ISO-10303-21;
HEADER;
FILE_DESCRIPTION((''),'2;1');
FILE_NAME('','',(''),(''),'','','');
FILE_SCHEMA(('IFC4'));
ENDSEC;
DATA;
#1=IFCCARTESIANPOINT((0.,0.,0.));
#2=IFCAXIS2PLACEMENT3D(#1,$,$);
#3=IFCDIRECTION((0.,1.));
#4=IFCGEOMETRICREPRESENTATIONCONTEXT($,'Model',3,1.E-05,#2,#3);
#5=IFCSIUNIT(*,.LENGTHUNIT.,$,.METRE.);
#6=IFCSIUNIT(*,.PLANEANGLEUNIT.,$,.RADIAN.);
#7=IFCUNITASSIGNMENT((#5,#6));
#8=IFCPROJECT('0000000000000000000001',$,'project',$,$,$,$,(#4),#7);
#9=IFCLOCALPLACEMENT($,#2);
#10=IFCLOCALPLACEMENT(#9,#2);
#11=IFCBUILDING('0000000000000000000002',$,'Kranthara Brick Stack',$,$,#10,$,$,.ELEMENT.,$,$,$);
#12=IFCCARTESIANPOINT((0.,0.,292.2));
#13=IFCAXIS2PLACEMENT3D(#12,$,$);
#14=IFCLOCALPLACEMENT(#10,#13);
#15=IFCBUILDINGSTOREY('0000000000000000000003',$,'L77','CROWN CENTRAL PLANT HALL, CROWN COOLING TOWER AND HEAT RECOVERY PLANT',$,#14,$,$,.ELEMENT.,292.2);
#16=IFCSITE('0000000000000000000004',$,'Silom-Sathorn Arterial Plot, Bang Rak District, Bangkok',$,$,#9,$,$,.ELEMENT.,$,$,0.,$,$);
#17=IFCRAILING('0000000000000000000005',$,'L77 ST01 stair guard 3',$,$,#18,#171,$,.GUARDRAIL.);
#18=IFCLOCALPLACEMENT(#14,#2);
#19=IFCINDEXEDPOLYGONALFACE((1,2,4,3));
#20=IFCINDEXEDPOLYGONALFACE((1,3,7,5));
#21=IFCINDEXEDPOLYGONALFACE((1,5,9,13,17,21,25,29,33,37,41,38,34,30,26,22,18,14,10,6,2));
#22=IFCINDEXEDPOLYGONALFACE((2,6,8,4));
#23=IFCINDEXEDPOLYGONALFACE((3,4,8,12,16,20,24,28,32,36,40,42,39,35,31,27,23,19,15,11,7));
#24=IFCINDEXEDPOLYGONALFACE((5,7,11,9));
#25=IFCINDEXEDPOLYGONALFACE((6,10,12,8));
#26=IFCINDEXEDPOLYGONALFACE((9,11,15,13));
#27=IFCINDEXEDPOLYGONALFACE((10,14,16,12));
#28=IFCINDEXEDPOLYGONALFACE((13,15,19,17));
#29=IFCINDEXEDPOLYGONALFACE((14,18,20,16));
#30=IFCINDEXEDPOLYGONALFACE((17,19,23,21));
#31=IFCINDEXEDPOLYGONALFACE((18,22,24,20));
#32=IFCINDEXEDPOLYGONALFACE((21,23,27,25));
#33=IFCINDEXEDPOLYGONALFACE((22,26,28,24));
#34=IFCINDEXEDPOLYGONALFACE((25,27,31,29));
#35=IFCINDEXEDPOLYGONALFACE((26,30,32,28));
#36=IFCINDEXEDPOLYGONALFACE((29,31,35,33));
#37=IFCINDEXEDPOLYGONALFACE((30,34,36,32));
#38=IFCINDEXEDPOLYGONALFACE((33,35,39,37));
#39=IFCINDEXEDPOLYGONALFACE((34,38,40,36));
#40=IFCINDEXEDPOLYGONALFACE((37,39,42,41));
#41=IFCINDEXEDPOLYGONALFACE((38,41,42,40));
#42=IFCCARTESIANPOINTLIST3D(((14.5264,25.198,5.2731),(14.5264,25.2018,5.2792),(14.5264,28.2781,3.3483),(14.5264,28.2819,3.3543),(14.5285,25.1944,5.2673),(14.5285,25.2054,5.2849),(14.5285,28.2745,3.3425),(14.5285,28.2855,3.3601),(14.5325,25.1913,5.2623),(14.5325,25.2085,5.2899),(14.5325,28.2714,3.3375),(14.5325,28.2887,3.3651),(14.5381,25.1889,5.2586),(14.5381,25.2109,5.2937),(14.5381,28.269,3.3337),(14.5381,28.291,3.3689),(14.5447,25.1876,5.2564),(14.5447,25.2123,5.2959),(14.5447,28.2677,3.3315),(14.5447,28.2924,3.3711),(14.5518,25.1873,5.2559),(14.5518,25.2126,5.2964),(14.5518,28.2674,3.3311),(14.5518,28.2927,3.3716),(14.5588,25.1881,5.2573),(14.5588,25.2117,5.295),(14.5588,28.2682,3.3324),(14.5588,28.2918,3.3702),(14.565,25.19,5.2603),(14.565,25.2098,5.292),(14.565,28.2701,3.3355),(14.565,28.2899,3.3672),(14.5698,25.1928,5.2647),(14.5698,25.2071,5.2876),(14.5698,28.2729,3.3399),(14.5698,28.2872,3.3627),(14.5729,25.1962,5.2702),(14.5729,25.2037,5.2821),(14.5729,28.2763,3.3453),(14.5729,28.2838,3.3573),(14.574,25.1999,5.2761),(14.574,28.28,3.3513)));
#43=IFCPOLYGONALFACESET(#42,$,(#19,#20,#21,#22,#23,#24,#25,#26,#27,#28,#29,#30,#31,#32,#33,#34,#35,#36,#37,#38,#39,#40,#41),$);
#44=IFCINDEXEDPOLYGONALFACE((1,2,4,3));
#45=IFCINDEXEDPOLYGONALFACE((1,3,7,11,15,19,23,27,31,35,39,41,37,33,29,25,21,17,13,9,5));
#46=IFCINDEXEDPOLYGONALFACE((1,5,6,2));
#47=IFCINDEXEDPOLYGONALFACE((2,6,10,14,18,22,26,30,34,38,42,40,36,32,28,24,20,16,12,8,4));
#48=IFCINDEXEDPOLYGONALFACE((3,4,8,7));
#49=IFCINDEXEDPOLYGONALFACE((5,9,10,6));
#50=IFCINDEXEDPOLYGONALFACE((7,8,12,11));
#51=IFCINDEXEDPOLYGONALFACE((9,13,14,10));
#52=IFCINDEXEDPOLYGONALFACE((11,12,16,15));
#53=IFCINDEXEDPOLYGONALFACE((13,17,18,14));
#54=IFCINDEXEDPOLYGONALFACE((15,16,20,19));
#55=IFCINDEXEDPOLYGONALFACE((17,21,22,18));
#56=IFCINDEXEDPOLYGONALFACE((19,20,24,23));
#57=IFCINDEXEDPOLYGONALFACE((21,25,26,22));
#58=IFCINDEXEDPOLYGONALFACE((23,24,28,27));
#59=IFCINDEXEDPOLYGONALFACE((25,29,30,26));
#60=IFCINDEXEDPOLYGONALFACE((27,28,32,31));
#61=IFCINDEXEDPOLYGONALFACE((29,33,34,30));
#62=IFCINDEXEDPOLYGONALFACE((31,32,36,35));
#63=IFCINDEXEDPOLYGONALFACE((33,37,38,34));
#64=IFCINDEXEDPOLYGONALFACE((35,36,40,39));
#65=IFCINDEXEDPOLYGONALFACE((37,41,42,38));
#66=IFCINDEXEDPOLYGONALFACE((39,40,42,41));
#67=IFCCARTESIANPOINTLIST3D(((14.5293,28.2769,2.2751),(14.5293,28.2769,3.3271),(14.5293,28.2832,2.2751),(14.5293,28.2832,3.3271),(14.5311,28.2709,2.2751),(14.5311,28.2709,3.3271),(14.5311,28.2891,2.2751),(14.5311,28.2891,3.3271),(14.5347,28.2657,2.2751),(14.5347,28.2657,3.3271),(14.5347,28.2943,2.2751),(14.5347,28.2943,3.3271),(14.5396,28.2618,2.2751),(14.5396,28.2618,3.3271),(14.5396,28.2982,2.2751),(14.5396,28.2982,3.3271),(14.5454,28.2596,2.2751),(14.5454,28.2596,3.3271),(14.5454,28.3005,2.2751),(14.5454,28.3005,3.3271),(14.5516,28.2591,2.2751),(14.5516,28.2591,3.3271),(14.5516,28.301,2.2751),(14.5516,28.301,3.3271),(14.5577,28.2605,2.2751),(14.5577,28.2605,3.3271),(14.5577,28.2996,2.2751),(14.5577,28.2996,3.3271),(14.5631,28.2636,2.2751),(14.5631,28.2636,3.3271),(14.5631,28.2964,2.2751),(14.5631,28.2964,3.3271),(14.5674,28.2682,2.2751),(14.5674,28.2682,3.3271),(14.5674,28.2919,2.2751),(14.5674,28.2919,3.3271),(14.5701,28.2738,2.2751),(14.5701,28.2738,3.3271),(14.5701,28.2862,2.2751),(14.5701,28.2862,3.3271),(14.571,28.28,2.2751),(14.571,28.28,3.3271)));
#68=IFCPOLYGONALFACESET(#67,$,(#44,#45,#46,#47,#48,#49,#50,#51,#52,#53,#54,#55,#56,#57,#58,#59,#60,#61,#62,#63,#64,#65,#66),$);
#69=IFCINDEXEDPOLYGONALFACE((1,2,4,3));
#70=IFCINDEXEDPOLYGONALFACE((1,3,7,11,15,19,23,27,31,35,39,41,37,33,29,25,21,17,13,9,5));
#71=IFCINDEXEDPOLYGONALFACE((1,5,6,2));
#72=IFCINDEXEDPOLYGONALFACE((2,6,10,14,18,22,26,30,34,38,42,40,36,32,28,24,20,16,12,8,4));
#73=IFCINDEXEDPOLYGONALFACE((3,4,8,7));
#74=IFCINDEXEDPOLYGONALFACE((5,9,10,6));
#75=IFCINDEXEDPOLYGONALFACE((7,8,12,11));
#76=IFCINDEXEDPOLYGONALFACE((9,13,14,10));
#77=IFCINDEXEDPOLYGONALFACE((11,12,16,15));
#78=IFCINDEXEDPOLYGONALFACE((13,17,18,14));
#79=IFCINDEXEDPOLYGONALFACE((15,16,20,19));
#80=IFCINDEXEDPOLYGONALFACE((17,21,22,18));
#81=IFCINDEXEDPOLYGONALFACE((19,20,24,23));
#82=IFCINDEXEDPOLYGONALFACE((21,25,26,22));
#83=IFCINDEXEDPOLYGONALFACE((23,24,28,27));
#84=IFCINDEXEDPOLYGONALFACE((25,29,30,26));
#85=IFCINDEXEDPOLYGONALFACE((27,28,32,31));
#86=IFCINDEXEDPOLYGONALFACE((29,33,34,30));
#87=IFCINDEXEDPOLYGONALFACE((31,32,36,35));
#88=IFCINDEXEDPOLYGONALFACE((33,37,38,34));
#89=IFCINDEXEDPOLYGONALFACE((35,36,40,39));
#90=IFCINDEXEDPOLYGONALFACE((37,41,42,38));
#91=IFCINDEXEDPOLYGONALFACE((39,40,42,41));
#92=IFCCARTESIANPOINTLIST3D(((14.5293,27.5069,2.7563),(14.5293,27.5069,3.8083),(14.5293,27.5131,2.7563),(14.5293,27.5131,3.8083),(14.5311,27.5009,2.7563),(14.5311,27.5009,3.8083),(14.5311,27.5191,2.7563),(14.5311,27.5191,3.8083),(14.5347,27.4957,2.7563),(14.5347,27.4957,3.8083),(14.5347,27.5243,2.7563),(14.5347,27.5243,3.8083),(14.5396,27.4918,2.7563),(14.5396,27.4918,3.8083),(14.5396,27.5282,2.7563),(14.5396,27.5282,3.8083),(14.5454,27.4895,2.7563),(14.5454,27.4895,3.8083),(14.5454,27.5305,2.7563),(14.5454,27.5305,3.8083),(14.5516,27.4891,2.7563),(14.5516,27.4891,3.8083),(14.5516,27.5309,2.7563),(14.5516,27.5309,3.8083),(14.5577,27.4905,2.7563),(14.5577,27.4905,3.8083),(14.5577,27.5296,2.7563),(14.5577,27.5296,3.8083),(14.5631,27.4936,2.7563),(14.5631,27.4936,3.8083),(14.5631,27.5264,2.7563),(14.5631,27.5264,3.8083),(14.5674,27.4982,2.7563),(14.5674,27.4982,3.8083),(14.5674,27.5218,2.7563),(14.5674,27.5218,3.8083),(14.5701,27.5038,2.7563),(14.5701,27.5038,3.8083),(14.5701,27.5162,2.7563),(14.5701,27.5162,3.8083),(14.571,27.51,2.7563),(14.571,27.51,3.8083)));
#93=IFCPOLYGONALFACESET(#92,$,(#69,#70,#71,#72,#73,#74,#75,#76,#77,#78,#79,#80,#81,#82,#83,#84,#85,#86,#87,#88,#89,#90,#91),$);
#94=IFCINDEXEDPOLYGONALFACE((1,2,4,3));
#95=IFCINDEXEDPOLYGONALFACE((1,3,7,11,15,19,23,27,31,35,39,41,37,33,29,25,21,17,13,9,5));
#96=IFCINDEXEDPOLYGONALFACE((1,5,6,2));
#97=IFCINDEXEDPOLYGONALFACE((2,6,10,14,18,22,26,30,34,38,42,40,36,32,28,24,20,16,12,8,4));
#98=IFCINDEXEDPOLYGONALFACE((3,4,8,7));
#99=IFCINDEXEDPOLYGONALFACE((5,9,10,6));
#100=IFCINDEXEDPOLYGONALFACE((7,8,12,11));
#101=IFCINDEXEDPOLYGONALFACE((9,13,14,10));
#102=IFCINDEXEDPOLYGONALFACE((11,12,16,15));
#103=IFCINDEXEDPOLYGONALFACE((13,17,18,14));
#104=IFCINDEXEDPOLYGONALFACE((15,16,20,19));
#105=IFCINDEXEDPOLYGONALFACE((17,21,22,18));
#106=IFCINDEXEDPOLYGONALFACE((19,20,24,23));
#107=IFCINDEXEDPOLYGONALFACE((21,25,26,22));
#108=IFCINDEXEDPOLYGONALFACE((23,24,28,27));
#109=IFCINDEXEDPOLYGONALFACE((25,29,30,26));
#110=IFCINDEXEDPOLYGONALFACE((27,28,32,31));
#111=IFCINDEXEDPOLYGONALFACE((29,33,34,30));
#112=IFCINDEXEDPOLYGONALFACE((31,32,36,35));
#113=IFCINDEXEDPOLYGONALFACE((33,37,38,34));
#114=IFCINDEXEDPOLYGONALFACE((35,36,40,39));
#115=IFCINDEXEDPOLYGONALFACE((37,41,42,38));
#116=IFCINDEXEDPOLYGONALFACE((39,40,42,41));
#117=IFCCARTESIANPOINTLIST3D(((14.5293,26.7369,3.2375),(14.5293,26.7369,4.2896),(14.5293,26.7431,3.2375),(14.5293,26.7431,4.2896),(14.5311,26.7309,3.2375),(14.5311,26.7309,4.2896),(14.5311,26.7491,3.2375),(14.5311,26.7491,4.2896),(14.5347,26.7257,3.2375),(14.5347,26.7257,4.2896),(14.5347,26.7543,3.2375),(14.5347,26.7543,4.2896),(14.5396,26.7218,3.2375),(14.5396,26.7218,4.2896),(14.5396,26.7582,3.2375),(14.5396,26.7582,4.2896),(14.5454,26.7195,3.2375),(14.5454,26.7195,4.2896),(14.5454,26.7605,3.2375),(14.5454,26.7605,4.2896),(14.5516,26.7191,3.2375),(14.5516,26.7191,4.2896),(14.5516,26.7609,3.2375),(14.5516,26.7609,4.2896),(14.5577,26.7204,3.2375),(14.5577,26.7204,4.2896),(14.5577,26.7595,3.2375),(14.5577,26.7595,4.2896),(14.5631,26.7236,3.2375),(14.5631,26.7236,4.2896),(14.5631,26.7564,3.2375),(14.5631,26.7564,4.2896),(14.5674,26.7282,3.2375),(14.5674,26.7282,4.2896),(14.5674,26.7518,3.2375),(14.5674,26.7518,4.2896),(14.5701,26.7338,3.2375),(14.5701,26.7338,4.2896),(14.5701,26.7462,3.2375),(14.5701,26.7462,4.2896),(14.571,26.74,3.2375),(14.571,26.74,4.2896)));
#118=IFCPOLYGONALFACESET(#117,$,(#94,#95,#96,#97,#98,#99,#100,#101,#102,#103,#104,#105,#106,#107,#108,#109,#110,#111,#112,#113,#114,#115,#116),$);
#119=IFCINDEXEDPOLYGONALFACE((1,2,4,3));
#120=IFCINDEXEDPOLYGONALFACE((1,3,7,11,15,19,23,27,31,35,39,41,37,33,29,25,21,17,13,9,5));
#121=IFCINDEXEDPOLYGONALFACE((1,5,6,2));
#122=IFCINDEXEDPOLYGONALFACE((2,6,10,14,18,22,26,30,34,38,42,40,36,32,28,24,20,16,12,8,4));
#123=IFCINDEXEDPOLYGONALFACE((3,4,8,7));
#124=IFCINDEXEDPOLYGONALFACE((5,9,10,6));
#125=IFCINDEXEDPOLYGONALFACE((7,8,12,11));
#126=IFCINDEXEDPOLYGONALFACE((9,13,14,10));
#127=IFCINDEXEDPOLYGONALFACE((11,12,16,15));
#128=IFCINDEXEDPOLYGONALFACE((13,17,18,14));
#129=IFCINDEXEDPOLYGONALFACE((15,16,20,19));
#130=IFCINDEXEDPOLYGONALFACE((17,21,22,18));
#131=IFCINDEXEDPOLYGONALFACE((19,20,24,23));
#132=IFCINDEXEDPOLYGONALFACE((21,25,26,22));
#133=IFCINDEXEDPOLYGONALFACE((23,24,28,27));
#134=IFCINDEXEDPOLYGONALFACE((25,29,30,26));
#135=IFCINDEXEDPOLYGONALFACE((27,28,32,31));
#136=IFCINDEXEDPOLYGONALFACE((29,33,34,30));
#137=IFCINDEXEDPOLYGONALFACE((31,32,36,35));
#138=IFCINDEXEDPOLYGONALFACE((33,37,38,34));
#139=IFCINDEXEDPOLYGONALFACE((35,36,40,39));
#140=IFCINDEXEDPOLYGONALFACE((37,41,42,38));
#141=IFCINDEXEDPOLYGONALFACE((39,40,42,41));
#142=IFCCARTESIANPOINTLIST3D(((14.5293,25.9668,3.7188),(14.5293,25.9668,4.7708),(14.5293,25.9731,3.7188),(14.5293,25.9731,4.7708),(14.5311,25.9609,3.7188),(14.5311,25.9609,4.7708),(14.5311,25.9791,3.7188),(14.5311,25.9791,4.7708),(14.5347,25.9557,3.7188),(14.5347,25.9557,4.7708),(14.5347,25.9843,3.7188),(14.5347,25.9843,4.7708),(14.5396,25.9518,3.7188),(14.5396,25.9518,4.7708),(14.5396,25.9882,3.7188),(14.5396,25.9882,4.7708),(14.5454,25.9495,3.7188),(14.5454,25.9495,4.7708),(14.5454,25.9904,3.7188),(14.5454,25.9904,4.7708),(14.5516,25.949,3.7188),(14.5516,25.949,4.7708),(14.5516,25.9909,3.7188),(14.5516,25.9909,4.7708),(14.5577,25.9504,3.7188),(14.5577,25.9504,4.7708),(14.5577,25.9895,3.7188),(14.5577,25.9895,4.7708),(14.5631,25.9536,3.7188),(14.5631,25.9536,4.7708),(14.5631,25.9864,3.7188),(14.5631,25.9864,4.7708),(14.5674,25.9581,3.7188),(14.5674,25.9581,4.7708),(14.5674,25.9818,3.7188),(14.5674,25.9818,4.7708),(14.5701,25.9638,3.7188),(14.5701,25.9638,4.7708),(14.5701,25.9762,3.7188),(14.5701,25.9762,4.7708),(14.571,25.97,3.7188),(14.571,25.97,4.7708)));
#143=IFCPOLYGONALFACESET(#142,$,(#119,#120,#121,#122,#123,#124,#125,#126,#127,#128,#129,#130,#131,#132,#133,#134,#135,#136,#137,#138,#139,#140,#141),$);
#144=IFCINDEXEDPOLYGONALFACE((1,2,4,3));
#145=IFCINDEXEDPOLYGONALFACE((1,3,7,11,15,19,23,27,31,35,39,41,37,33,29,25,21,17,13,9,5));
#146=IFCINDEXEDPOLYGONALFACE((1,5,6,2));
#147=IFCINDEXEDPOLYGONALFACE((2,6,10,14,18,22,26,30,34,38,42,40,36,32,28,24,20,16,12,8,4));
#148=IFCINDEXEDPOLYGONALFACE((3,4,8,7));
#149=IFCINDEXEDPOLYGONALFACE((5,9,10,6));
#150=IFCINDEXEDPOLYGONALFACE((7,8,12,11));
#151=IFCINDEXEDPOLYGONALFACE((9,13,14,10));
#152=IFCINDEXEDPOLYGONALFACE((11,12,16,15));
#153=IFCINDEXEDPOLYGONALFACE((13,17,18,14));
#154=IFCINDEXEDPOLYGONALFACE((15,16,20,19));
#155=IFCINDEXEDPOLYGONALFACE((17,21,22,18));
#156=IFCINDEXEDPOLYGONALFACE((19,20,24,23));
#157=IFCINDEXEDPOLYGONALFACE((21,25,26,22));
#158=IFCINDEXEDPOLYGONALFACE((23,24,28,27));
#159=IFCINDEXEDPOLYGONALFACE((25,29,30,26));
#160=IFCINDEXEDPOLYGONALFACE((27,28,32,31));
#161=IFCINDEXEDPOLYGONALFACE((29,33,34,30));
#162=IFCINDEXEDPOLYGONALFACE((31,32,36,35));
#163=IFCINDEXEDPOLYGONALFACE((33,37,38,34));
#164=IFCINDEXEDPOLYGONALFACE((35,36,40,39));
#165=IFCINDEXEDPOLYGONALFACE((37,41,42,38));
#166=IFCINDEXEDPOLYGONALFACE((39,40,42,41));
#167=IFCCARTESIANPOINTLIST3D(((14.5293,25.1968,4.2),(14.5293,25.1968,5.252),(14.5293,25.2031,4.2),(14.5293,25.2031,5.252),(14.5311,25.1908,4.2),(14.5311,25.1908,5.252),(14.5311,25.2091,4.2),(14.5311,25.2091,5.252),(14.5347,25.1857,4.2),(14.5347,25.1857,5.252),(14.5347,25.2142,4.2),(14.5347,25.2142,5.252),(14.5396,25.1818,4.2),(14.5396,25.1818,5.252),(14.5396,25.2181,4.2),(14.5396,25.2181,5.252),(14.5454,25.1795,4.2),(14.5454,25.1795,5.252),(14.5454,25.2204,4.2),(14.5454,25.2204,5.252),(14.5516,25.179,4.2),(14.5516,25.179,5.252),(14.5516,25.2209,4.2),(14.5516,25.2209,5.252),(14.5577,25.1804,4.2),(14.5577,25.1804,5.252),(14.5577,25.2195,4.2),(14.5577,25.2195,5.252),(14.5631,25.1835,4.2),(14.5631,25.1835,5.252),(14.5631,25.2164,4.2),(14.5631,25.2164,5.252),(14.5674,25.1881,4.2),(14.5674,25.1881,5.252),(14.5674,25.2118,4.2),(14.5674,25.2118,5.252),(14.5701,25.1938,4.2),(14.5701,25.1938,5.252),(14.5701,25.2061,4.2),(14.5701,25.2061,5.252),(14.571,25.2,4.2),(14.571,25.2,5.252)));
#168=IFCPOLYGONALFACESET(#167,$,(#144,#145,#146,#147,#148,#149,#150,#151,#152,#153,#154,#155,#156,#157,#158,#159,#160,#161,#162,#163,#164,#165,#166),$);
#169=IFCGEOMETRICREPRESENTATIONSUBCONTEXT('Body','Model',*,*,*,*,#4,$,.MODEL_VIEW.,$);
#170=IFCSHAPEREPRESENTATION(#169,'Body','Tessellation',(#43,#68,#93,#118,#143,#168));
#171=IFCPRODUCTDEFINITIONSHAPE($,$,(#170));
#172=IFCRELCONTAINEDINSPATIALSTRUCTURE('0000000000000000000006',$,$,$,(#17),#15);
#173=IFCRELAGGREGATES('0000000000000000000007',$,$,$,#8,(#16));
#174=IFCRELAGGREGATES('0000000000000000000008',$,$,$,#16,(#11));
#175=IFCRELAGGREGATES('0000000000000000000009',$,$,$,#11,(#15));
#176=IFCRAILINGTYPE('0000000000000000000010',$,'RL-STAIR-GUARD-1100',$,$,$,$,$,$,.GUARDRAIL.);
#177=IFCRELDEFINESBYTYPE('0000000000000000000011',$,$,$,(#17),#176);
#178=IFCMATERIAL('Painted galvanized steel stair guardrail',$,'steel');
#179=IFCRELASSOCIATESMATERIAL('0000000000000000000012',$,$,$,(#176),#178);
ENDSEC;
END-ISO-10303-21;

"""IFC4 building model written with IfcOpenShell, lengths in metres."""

from ifc_helpers import new_model, si_unit, direction, frame, origin, origin_2d, place, context, subcontext, project, spatial, circle, extrude, material, type_object, element, save


model = new_model("IFC4")

# Units and contexts
model_context = context("Model", 3, precision=1e-05, world=origin(), true_north=direction((0.0, 1.0)))
body_context = subcontext(model_context, "Body", "Model", "MODEL_VIEW")
ifc_project = project(units=[si_unit("LENGTHUNIT", "METRE"), si_unit("PLANEANGLEUNIT", "RADIAN")], contexts=[model_context])

# Site, building, storey
site_placement = place(None, origin())
site = spatial("IfcSite", under=ifc_project, at=site_placement, Name="Silom-Sathorn Arterial Plot, Bang Rak District, Bangkok", CompositionType="ELEMENT", RefElevation=0.0)
building_placement = place(site_placement, origin())
building = spatial("IfcBuilding", under=site, at=building_placement, Name="Kranthara Brick Stack", CompositionType="ELEMENT")
storey_placement = place(building_placement, frame((0.0, 0.0, 292.2)))
storey = spatial("IfcBuildingStorey", under=building, at=storey_placement, Name="L77", Description="CROWN CENTRAL PLANT HALL, CROWN COOLING TOWER AND HEAT RECOVERY PLANT", CompositionType="ELEMENT", Elevation=292.2)

# Railing
ifc_material_1 = material(Name="Painted galvanized steel stair guardrail", Category="steel")
railing_type_1 = type_object("IfcRailingType", Name="RL-STAIR-GUARD-1100", PredefinedType="GUARDRAIL", material=ifc_material_1)
railing_1_placement = place(storey_placement, frame((14.55, 28.28, 2.2751)))
element("IfcRailing", 1, at=railing_1_placement, inside=storey, type_object=railing_type_1, Name="L77 ST01 stair guard 3", PredefinedType="GUARDRAIL", context=body_context, shape_type="SweptSolid", body=[
    extrude(circle(Radius=0.0239, at=origin_2d()), frame((0.0, 0.0, 1.0762), z_axis=(0.0, -0.848029, 0.529951), x_axis=(1.0, 0.0, 0.0)), (0.0, 0.0, 1.0), 3.6321),
    extrude(circle(Radius=0.021, at=origin_2d()), origin(), (0.0, 0.0, 1.0), 1.052),
    extrude(circle(Radius=0.021, at=origin_2d()), frame((0.0, -0.77, 0.4812)), (0.0, 0.0, 1.0), 1.052),
    extrude(circle(Radius=0.021, at=origin_2d()), frame((0.0, -1.54, 0.9624)), (0.0, 0.0, 1.0), 1.052),
    extrude(circle(Radius=0.021, at=origin_2d()), frame((0.0, -2.3101, 1.4436)), (0.0, 0.0, 1.0), 1.052),
    extrude(circle(Radius=0.021, at=origin_2d()), frame((0.0, -3.0801, 1.9248)), (0.0, 0.0, 1.0), 1.052),
])

save(model, "model.ifc")
